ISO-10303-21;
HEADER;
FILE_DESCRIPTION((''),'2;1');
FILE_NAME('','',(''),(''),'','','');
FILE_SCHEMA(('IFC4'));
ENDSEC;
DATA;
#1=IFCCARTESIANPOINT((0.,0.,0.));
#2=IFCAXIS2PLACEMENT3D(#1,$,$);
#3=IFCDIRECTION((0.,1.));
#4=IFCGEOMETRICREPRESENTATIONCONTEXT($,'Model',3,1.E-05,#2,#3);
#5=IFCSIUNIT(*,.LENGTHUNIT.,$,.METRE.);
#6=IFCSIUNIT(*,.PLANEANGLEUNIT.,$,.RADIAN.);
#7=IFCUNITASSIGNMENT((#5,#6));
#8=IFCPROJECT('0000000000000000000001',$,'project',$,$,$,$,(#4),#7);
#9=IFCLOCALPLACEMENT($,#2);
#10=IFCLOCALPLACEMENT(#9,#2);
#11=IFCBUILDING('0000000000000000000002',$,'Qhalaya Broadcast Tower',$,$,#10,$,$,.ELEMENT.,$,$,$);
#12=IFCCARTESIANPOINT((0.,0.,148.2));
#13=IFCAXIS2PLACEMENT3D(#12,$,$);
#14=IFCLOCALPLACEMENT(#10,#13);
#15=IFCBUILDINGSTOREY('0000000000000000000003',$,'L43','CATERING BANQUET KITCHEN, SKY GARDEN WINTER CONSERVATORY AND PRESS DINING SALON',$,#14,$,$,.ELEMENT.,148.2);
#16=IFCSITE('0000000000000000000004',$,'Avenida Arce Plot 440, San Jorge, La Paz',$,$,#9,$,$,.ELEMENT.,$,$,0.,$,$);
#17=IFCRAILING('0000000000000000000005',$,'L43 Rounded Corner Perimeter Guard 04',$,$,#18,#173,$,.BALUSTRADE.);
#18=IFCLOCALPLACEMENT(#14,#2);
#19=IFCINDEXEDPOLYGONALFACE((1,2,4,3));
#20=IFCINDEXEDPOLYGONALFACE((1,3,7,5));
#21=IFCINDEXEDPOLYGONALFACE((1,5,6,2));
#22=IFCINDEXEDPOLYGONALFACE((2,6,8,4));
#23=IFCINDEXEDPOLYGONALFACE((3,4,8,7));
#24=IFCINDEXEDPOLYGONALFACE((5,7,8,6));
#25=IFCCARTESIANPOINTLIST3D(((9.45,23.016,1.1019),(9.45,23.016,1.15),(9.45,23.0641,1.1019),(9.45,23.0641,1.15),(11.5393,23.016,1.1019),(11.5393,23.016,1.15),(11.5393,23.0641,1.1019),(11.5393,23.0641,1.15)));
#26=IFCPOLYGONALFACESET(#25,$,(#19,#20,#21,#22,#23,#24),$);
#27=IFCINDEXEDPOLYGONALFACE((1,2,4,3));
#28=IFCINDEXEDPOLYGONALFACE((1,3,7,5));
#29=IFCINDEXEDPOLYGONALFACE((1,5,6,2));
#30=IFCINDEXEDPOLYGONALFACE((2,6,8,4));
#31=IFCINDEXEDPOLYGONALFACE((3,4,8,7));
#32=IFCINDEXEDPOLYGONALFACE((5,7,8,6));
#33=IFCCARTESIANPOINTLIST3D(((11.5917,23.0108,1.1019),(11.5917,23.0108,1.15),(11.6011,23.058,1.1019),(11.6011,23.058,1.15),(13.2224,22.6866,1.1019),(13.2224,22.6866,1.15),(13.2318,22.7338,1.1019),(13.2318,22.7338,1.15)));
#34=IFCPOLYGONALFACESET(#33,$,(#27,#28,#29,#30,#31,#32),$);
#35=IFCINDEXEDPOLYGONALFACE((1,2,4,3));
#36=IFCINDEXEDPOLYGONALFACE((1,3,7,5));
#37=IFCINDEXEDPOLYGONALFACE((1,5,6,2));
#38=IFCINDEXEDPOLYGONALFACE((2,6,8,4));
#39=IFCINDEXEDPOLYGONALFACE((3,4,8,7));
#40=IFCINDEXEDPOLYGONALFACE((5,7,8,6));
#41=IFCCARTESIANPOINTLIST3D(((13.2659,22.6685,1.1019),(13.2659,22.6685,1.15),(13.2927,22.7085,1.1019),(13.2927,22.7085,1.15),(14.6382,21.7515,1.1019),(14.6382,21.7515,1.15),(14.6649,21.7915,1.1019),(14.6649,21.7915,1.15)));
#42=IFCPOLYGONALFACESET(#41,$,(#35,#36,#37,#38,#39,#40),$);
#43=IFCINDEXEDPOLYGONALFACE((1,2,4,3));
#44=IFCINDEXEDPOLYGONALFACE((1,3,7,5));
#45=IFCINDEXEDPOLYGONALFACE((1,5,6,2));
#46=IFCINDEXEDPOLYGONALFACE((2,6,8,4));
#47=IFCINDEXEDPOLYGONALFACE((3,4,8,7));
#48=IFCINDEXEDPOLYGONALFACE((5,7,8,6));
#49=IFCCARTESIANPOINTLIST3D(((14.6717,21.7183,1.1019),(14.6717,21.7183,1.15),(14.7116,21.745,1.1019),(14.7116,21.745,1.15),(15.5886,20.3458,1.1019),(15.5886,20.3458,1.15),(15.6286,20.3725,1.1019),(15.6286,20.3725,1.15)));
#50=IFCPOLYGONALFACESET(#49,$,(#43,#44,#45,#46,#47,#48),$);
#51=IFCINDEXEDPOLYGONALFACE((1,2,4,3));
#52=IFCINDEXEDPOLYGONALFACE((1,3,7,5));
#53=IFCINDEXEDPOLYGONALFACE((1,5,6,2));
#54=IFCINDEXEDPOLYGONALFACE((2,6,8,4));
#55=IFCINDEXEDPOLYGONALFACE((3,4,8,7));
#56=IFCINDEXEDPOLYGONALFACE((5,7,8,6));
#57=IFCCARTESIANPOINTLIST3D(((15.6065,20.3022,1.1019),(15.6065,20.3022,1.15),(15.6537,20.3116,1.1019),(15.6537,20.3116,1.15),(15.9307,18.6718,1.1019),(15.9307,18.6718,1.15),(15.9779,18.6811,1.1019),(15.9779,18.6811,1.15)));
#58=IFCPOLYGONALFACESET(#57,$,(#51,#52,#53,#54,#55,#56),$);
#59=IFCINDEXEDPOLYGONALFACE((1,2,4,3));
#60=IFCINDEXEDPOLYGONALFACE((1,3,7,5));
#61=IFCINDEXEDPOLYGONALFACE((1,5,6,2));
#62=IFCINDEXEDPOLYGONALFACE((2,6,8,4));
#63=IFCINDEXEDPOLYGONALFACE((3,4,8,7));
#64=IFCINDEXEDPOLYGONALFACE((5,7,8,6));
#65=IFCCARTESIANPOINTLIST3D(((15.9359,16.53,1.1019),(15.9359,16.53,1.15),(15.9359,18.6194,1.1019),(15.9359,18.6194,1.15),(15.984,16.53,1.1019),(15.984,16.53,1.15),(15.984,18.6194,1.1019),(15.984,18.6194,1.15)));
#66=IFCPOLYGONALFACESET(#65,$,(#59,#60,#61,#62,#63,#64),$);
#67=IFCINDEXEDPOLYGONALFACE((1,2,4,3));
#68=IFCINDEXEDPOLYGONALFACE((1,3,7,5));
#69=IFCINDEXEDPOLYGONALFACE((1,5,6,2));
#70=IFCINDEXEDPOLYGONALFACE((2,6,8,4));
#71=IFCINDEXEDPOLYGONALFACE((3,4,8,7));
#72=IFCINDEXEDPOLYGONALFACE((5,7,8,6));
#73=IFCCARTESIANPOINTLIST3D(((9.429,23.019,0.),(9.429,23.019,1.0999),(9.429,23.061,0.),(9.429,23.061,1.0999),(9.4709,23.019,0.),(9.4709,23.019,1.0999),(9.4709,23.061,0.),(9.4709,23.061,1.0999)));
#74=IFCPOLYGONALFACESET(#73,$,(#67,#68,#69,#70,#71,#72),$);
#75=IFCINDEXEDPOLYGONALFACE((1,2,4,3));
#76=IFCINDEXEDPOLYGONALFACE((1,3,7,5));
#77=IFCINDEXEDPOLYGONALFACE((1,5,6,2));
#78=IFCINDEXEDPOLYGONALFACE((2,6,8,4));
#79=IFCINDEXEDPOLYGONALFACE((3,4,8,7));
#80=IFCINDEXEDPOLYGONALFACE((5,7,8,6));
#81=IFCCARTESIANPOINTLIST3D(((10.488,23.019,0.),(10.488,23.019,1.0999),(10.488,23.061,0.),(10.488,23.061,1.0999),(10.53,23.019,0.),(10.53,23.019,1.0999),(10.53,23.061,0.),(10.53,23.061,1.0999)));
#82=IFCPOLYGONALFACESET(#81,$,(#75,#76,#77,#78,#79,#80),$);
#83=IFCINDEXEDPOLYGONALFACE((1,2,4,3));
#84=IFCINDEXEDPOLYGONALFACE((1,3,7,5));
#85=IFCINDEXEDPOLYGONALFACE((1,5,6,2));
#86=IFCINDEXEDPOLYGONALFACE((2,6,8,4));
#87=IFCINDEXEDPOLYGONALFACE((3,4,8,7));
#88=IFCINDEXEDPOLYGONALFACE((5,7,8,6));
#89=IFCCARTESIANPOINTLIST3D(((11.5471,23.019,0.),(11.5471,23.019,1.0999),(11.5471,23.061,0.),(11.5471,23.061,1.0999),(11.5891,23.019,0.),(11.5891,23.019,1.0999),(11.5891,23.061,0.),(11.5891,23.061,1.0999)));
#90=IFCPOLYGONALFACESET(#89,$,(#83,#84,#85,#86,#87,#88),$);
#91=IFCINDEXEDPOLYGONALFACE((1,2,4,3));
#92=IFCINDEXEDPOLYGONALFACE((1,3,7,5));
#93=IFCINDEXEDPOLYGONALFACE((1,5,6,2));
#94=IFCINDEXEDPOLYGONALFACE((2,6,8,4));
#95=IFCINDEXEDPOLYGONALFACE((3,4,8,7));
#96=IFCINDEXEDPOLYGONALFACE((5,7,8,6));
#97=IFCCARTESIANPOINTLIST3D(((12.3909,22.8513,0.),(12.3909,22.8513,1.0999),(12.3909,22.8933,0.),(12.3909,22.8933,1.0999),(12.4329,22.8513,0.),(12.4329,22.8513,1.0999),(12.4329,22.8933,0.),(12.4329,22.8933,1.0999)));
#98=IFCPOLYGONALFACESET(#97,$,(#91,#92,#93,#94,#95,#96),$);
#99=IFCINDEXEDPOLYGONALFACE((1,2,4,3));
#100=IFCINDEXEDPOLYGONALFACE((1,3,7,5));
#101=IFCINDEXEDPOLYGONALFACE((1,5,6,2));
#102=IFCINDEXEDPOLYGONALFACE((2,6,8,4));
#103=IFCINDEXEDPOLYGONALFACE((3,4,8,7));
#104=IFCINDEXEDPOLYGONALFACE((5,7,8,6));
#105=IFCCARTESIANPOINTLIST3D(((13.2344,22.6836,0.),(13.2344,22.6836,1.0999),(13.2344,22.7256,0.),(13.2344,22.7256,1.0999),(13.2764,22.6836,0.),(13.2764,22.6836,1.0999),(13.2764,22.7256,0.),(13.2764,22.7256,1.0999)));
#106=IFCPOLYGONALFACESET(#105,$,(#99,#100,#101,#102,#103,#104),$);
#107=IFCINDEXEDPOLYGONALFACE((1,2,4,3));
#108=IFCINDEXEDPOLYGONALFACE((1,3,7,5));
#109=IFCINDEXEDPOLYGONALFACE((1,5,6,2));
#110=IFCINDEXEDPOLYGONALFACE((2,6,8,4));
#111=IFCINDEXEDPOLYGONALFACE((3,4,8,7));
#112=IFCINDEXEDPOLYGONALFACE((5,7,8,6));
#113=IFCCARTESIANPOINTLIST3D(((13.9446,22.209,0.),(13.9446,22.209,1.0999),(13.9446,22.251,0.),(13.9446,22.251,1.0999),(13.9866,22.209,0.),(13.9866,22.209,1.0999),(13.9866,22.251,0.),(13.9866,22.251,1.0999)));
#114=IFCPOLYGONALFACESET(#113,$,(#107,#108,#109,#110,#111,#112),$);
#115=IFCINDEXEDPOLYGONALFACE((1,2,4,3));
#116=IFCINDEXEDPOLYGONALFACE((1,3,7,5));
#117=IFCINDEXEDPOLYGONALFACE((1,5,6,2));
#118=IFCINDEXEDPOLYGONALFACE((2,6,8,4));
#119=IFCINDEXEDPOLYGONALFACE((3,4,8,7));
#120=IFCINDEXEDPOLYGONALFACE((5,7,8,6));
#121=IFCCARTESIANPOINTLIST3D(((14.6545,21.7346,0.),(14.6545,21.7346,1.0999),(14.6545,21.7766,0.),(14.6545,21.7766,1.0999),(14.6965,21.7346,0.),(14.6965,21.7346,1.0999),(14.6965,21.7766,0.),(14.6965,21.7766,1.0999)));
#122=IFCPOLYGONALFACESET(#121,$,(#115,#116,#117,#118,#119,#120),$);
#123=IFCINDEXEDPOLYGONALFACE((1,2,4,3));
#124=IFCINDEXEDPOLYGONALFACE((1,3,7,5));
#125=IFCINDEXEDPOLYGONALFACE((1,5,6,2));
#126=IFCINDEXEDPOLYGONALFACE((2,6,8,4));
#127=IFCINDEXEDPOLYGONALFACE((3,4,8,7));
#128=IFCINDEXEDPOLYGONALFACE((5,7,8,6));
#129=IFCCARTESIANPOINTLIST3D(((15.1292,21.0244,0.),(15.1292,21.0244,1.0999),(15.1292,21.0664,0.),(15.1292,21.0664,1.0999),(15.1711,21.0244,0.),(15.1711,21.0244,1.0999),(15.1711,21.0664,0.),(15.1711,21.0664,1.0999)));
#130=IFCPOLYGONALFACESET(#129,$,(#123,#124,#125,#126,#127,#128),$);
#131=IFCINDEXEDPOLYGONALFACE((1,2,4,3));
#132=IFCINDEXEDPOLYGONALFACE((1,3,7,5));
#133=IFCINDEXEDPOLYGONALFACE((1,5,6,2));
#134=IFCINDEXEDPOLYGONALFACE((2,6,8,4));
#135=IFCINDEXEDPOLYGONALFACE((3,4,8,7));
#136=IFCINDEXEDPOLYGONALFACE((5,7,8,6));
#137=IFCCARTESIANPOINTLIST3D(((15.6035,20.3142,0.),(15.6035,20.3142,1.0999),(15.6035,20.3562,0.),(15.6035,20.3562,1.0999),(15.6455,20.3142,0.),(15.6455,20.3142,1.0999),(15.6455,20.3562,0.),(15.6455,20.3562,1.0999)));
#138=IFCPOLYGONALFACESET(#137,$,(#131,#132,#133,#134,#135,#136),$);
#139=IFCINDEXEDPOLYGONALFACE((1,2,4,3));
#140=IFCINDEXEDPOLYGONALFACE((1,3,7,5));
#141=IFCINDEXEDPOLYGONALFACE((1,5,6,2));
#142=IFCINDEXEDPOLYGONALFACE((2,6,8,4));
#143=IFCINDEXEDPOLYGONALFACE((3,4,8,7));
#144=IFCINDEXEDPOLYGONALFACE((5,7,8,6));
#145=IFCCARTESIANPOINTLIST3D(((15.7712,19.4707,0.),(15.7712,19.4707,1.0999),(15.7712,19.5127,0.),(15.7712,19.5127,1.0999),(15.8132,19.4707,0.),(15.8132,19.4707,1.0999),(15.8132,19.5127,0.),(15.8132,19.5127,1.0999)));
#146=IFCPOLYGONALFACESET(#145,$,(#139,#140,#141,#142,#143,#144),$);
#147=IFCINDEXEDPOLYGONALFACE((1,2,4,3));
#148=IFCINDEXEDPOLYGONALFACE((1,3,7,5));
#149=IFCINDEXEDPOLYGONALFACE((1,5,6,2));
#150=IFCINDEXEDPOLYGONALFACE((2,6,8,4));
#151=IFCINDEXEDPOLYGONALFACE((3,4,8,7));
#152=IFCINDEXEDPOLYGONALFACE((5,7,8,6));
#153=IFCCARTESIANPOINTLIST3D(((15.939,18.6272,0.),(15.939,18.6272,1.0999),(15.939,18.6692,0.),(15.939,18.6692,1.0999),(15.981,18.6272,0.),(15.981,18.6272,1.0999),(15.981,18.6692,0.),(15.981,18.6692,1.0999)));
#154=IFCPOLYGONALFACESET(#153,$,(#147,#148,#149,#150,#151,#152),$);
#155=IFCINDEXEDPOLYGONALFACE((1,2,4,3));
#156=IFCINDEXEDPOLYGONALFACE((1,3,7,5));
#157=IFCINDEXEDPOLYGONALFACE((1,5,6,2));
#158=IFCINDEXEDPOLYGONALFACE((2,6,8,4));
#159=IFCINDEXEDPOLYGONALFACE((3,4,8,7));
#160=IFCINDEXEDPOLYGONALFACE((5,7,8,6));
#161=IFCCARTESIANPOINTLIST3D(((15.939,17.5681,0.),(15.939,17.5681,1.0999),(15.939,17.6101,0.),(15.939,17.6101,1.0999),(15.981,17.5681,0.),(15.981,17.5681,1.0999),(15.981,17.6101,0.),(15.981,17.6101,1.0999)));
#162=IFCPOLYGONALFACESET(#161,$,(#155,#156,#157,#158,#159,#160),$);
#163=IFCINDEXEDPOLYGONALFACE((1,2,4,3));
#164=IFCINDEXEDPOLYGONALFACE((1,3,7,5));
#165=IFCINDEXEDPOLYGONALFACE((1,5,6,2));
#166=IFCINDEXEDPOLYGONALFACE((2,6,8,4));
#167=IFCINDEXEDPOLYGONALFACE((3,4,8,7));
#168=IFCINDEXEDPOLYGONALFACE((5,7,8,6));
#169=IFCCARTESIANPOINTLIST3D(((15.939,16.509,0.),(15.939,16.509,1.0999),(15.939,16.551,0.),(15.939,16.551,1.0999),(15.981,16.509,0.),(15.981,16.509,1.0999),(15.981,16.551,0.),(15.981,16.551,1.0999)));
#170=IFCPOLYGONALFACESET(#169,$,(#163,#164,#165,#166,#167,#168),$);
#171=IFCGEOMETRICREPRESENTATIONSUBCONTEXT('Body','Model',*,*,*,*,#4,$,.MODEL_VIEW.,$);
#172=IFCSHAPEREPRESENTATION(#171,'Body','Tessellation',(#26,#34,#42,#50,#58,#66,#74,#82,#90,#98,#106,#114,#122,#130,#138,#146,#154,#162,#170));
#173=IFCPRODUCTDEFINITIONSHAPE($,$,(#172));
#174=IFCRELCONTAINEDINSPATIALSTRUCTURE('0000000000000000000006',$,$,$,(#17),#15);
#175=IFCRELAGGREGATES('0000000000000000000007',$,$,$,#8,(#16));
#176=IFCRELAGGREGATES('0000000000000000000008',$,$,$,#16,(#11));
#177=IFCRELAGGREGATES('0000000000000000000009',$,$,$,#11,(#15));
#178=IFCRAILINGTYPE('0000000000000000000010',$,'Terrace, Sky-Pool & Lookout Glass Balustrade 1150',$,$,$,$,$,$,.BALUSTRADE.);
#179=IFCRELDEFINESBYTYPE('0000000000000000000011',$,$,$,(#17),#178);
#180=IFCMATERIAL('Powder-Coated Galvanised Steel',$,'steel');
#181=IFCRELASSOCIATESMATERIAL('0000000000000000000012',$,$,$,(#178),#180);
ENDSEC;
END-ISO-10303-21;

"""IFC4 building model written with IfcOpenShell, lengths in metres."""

from ifc_helpers import new_model, si_unit, direction, frame, origin, origin_2d, place, context, subcontext, project, spatial, rectangle, extrude, material, type_object, element, save


model = new_model("IFC4")

# Units and contexts
model_context = context("Model", 3, precision=1e-05, world=origin(), true_north=direction((0.0, 1.0)))
body_context = subcontext(model_context, "Body", "Model", "MODEL_VIEW")
ifc_project = project(units=[si_unit("LENGTHUNIT", "METRE"), si_unit("PLANEANGLEUNIT", "RADIAN")], contexts=[model_context])

# Site, building, storey
site_placement = place(None, origin())
site = spatial("IfcSite", under=ifc_project, at=site_placement, Name="Avenida Arce Plot 440, San Jorge, La Paz", CompositionType="ELEMENT", RefElevation=0.0)
building_placement = place(site_placement, origin())
building = spatial("IfcBuilding", under=site, at=building_placement, Name="Qhalaya Broadcast Tower", CompositionType="ELEMENT")
storey_placement = place(building_placement, frame((0.0, 0.0, 148.2)))
storey = spatial("IfcBuildingStorey", under=building, at=storey_placement, Name="L43", Description="CATERING BANQUET KITCHEN, SKY GARDEN WINTER CONSERVATORY AND PRESS DINING SALON", CompositionType="ELEMENT", Elevation=148.2)

# Railing
ifc_material_1 = material(Name="Powder-Coated Galvanised Steel", Category="steel")
railing_type_1 = type_object("IfcRailingType", Name="Terrace, Sky-Pool & Lookout Glass Balustrade 1150", PredefinedType="BALUSTRADE", material=ifc_material_1)
railing_1_placement = place(storey_placement, frame((9.45, 23.04, 0.0)))
element("IfcRailing", 1, at=railing_1_placement, inside=storey, type_object=railing_type_1, Name="L43 Rounded Corner Perimeter Guard 04", PredefinedType="BALUSTRADE", context=body_context, shape_type="SweptSolid", body=[
    extrude(rectangle(XDim=0.0481, YDim=0.0481, at=origin_2d()), frame((0.0, 0.0, 1.126), z_axis=(1.0, 0.0, 0.0), x_axis=(0.0, 1.0, 0.0)), (0.0, 0.0, 1.0), 2.0894),
    extrude(rectangle(XDim=0.0481, YDim=0.0481, at=origin_2d()), frame((2.1465, -0.0056, 1.126), z_axis=(0.980804, -0.194997, 0.0), x_axis=(0.194997, 0.980804, 0.0)), (0.0, 0.0, 1.0), 1.6626),
    extrude(rectangle(XDim=0.0481, YDim=0.0481, at=origin_2d()), frame((3.8293, -0.3516, 1.126), z_axis=(0.831456, -0.55559, 0.0), x_axis=(0.55559, 0.831456, 0.0)), (0.0, 0.0, 1.0), 1.6504),
    extrude(rectangle(XDim=0.0481, YDim=0.0481, at=origin_2d()), frame((5.2417, -1.3083, 1.126), z_axis=(0.555524, -0.8315, 0.0), x_axis=(0.8315, 0.555524, 0.0)), (0.0, 0.0, 1.0), 1.6506),
    extrude(rectangle(XDim=0.0481, YDim=0.0481, at=origin_2d()), frame((6.1802, -2.7332, 1.126), z_axis=(0.195024, -0.980798, 0.0), x_axis=(0.980798, 0.195024, 0.0)), (0.0, 0.0, 1.0), 1.6624),
    extrude(rectangle(XDim=0.0481, YDim=0.0481, at=origin_2d()), frame((6.51, -4.4207, 1.126), z_axis=(0.0, -1.0, 0.0), x_axis=(1.0, 0.0, 0.0)), (0.0, 0.0, 1.0), 2.0894),
    extrude(rectangle(XDim=0.042, YDim=0.042, at=origin_2d()), origin(), (0.0, 0.0, 1.0), 1.0999),
    extrude(rectangle(XDim=0.042, YDim=0.042, at=origin_2d()), frame((1.0591, 0.0, 0.0)), (0.0, 0.0, 1.0), 1.0999),
    extrude(rectangle(XDim=0.042, YDim=0.042, at=origin_2d()), frame((2.1182, 0.0, 0.0)), (0.0, 0.0, 1.0), 1.0999),
    extrude(rectangle(XDim=0.042, YDim=0.042, at=origin_2d()), frame((2.9619, -0.1677, 0.0)), (0.0, 0.0, 1.0), 1.0999),
    extrude(rectangle(XDim=0.042, YDim=0.042, at=origin_2d()), frame((3.8054, -0.3354, 0.0)), (0.0, 0.0, 1.0), 1.0999),
    extrude(rectangle(XDim=0.042, YDim=0.042, at=origin_2d()), frame((4.5156, -0.8101, 0.0)), (0.0, 0.0, 1.0), 1.0999),
    extrude(rectangle(XDim=0.042, YDim=0.042, at=origin_2d()), frame((5.2256, -1.2844, 0.0)), (0.0, 0.0, 1.0), 1.0999),
    extrude(rectangle(XDim=0.042, YDim=0.042, at=origin_2d()), frame((5.7002, -1.9946, 0.0)), (0.0, 0.0, 1.0), 1.0999),
    extrude(rectangle(XDim=0.042, YDim=0.042, at=origin_2d()), frame((6.1746, -2.7048, 0.0)), (0.0, 0.0, 1.0), 1.0999),
    extrude(rectangle(XDim=0.042, YDim=0.042, at=origin_2d()), frame((6.3423, -3.5483, 0.0)), (0.0, 0.0, 1.0), 1.0999),
    extrude(rectangle(XDim=0.042, YDim=0.042, at=origin_2d()), frame((6.51, -4.3918, 0.0)), (0.0, 0.0, 1.0), 1.0999),
    extrude(rectangle(XDim=0.042, YDim=0.042, at=origin_2d()), frame((6.51, -5.4509, 0.0)), (0.0, 0.0, 1.0), 1.0999),
    extrude(rectangle(XDim=0.042, YDim=0.042, at=origin_2d()), frame((6.51, -6.51, 0.0)), (0.0, 0.0, 1.0), 1.0999),
])

save(model, "model.ifc")
